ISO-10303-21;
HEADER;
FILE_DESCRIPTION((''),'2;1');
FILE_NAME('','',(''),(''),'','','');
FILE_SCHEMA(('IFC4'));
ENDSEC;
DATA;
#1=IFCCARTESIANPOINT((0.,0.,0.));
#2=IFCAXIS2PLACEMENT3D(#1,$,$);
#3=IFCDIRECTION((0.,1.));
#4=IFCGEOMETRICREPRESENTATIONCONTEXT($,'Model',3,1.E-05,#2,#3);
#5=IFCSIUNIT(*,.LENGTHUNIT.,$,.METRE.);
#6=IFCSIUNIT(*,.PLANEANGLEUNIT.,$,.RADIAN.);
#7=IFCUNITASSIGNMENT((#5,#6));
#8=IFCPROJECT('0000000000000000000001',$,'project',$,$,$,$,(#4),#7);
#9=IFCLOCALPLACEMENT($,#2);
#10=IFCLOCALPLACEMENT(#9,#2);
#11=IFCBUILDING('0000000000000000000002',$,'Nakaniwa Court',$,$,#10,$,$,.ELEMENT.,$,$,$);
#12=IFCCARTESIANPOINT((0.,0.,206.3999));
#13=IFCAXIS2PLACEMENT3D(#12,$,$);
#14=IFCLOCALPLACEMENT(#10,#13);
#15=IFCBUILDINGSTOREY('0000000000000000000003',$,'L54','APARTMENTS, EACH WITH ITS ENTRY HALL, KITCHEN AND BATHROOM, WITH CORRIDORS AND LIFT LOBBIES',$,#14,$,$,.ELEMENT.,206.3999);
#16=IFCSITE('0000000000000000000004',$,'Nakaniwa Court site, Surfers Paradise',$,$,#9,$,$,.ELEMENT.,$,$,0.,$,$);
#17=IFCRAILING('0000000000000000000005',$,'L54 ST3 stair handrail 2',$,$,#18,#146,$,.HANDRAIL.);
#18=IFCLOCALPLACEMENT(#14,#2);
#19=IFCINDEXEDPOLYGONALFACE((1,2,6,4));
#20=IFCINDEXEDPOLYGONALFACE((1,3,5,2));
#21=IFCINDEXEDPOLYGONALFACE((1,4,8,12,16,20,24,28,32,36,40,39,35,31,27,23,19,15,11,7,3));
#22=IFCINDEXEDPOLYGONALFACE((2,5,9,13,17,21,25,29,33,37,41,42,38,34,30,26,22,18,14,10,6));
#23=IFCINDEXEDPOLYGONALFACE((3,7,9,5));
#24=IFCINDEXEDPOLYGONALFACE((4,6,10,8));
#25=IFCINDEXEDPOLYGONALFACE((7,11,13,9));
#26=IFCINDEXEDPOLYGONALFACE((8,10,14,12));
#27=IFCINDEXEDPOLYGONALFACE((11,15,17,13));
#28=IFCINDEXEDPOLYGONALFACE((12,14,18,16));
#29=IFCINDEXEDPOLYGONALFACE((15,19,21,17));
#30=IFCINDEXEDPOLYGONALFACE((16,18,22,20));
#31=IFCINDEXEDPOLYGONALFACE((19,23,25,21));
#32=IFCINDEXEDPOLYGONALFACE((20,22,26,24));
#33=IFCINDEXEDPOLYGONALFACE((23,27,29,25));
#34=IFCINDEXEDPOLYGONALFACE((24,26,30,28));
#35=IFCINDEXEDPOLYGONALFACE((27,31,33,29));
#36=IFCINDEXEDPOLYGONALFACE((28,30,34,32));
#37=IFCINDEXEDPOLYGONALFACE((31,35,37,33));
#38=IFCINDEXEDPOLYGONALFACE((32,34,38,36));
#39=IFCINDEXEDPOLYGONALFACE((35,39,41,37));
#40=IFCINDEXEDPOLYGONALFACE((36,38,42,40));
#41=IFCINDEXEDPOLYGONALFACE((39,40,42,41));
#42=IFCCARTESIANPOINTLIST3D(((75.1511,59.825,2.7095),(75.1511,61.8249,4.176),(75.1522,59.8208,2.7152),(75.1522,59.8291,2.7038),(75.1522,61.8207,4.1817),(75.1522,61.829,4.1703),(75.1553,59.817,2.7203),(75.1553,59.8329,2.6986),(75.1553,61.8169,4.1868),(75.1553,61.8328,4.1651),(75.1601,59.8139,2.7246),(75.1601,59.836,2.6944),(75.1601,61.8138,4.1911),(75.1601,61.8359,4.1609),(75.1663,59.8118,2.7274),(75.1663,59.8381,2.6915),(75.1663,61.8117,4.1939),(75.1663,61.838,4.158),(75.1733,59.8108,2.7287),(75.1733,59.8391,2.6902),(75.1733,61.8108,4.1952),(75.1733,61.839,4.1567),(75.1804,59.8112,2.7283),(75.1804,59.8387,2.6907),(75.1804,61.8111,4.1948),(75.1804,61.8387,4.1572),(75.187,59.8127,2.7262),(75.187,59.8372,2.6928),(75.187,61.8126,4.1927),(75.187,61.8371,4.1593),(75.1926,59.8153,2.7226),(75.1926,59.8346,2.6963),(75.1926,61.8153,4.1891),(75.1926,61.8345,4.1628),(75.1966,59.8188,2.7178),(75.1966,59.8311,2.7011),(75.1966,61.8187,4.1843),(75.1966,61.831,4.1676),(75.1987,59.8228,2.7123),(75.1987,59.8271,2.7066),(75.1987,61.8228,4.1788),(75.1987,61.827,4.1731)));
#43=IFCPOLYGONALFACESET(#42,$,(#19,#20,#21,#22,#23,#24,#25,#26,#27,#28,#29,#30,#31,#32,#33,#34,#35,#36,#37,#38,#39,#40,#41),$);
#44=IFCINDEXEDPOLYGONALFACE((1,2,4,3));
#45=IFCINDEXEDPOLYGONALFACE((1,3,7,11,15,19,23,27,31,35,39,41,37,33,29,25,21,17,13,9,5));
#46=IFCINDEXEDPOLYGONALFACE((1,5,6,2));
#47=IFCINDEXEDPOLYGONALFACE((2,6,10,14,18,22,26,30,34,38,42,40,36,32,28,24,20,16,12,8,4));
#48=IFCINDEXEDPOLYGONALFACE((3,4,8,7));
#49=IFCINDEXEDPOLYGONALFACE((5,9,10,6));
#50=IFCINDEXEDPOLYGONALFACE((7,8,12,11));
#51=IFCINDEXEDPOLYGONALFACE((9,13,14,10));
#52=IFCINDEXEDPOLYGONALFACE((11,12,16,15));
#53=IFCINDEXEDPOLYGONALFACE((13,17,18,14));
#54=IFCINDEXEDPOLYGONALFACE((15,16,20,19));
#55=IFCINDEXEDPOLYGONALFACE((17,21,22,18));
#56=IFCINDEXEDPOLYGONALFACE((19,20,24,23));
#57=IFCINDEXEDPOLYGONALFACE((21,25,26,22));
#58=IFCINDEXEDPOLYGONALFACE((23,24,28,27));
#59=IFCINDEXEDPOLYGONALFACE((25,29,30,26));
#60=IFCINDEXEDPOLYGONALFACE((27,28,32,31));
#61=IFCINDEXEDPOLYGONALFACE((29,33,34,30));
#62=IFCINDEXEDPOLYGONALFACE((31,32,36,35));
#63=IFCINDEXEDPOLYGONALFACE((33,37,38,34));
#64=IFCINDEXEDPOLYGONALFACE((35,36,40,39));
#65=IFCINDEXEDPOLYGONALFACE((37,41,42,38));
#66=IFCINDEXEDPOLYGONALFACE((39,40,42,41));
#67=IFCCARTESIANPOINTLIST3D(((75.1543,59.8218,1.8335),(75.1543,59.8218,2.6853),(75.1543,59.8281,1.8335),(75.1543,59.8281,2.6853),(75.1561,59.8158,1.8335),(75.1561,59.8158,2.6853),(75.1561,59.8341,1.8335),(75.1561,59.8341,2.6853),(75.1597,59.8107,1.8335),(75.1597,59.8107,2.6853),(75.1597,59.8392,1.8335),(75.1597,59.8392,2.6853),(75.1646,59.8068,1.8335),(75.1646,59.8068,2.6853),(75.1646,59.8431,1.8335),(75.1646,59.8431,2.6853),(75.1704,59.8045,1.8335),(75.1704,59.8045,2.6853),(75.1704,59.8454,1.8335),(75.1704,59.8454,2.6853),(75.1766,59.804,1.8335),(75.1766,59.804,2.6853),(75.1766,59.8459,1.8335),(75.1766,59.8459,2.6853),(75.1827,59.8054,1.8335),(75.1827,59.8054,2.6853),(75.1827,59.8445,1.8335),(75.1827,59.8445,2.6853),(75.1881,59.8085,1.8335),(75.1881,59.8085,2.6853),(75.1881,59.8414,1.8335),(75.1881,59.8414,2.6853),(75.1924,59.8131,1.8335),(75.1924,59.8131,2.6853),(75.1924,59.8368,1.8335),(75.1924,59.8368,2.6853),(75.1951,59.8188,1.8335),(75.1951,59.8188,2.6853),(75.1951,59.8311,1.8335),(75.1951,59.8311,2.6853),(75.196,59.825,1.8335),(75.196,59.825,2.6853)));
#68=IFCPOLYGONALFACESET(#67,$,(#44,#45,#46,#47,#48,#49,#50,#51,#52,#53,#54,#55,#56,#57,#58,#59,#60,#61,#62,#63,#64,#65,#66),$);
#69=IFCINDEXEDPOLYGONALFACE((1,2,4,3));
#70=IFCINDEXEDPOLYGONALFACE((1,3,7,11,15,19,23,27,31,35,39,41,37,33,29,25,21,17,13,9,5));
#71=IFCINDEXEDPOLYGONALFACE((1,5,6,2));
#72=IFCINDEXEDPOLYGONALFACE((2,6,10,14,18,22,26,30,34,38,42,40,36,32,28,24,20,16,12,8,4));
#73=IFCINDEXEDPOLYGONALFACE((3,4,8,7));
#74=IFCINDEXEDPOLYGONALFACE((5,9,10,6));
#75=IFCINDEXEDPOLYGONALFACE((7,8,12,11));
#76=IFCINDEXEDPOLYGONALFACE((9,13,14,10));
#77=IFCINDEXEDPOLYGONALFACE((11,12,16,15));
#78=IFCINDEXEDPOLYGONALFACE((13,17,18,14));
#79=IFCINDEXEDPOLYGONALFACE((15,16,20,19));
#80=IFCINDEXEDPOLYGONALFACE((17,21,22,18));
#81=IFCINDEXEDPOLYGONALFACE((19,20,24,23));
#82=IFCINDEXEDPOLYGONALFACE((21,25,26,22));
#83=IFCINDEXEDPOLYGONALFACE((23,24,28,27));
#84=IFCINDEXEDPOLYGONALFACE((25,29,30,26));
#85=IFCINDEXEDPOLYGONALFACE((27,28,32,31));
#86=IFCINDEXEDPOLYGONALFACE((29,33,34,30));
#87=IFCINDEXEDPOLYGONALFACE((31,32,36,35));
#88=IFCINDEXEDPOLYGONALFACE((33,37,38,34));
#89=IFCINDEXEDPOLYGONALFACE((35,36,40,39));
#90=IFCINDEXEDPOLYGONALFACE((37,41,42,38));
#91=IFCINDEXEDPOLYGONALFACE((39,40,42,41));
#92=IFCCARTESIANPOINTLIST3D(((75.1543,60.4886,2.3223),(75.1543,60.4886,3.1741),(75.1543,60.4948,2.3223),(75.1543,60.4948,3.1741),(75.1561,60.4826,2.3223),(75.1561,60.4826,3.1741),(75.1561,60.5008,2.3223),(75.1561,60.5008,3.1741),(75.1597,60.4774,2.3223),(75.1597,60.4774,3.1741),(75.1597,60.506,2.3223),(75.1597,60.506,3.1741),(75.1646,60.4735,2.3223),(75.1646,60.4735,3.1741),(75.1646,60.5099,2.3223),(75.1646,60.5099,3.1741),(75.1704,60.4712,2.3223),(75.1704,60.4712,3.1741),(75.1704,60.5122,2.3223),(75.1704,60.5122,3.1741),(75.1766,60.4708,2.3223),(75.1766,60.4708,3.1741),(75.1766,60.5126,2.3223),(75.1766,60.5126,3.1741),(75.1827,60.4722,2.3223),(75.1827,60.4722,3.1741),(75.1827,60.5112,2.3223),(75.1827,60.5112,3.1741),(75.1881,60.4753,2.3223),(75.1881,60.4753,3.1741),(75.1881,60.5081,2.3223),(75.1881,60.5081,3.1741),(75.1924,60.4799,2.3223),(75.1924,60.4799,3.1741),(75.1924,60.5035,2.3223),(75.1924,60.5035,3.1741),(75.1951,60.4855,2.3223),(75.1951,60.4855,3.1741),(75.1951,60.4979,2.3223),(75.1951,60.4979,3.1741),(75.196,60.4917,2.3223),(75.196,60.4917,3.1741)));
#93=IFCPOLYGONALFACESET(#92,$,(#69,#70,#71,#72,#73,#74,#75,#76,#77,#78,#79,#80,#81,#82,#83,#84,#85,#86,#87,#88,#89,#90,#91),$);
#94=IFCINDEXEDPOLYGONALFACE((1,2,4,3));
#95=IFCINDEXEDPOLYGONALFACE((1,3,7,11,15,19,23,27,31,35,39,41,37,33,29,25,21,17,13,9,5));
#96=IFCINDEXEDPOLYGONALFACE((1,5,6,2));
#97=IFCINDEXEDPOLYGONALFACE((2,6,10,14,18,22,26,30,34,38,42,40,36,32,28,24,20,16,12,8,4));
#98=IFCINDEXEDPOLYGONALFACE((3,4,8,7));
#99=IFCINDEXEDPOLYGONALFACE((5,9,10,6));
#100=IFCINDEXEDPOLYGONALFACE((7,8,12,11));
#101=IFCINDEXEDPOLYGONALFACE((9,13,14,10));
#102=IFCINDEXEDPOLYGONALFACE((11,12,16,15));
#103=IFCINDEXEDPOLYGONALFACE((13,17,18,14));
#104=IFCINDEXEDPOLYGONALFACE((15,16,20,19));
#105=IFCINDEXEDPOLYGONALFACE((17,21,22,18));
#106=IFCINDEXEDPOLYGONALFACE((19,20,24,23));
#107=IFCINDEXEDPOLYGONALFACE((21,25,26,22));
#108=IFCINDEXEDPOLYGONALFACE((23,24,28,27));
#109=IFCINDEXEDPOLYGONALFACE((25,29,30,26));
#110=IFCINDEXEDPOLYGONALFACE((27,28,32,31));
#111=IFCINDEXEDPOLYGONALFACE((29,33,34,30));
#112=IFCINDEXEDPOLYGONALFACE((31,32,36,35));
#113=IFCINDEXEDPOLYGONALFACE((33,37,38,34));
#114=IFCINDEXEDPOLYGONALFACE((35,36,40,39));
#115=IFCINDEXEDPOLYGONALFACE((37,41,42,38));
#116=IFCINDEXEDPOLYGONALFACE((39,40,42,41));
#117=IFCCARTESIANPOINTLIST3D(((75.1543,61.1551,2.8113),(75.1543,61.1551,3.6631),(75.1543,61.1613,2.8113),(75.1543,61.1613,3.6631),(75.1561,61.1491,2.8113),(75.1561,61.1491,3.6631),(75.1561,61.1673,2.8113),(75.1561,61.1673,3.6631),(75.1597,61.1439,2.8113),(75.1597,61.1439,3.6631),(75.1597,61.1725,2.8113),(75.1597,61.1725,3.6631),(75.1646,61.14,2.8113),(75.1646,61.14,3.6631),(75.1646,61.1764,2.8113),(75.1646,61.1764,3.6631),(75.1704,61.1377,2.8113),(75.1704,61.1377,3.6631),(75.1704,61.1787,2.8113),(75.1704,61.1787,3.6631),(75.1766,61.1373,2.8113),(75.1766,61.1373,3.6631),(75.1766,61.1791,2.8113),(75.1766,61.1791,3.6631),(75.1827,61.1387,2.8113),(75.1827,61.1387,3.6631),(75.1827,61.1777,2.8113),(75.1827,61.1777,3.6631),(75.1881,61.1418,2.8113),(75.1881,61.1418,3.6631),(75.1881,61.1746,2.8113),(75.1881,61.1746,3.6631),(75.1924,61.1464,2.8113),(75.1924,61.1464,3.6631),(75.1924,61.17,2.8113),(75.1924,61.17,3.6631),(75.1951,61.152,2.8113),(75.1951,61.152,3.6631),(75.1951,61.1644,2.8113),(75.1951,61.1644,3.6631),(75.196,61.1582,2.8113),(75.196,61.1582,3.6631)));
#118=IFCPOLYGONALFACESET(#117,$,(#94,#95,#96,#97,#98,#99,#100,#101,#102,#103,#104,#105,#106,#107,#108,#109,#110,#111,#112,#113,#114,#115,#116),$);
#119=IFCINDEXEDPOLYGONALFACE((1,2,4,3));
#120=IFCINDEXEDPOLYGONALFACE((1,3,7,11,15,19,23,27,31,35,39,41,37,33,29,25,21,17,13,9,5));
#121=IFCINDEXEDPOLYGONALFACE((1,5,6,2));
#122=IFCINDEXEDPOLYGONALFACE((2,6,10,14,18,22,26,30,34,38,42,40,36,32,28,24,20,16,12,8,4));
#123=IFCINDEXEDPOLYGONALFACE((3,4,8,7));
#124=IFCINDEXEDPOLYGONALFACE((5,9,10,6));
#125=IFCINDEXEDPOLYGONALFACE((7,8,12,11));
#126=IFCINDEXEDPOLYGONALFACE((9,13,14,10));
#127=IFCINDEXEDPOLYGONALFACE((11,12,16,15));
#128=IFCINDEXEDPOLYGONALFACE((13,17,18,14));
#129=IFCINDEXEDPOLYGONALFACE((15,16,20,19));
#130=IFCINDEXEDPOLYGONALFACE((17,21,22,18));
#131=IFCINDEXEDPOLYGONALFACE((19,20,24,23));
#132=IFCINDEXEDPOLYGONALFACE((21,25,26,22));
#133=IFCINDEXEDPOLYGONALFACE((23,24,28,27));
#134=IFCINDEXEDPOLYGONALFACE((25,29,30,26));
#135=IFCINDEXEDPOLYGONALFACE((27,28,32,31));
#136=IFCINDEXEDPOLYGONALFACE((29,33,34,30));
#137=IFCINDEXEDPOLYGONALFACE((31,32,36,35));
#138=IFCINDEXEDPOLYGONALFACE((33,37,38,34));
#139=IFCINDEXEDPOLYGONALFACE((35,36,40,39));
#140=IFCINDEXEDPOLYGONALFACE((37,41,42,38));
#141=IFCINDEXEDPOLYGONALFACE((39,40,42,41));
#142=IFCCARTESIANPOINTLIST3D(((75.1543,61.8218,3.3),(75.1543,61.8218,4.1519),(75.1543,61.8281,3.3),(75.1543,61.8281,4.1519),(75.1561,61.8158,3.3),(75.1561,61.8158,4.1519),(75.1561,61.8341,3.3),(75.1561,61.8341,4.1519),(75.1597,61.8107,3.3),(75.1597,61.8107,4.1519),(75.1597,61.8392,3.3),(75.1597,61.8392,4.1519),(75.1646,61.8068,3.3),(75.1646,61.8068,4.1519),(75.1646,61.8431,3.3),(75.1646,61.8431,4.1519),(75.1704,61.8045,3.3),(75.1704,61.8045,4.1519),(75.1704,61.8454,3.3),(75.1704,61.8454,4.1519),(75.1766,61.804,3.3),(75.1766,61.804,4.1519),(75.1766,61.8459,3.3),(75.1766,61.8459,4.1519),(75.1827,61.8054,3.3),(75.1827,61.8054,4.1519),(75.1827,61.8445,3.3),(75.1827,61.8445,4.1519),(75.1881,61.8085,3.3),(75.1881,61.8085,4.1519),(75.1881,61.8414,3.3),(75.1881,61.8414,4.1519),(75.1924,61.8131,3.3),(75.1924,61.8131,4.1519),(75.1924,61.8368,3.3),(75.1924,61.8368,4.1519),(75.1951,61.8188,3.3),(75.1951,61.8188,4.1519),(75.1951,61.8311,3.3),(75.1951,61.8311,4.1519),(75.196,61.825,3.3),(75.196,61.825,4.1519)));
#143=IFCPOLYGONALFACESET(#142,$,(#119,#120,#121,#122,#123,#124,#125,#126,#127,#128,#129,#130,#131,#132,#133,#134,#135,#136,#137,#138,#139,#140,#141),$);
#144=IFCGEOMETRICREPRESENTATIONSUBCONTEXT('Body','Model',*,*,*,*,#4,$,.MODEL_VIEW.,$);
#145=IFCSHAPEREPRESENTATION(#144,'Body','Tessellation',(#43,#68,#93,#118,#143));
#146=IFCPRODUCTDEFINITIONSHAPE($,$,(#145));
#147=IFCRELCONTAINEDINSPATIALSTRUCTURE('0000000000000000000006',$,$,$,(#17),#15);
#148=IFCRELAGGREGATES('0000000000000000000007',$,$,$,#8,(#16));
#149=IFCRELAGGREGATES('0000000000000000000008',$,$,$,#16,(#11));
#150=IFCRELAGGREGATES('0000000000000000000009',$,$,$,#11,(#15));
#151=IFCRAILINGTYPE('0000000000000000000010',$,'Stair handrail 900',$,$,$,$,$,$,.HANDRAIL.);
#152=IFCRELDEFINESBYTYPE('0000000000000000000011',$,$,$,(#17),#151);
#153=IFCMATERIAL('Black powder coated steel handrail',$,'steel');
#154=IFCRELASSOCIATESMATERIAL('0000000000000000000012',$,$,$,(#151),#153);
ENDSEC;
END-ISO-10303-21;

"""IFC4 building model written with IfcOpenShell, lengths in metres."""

from ifc_helpers import new_model, si_unit, direction, frame, origin, origin_2d, place, context, subcontext, project, spatial, circle, extrude, material, type_object, element, save


model = new_model("IFC4")

# Units and contexts
model_context = context("Model", 3, precision=1e-05, world=origin(), true_north=direction((0.0, 1.0)))
body_context = subcontext(model_context, "Body", "Model", "MODEL_VIEW")
ifc_project = project(units=[si_unit("LENGTHUNIT", "METRE"), si_unit("PLANEANGLEUNIT", "RADIAN")], contexts=[model_context])

# Site, building, storey
site_placement = place(None, origin())
site = spatial("IfcSite", under=ifc_project, at=site_placement, Name="Nakaniwa Court site, Surfers Paradise", CompositionType="ELEMENT", RefElevation=0.0)
building_placement = place(site_placement, origin())
building = spatial("IfcBuilding", under=site, at=building_placement, Name="Nakaniwa Court", CompositionType="ELEMENT")
storey_placement = place(building_placement, frame((0.0, 0.0, 206.3999)))
storey = spatial("IfcBuildingStorey", under=building, at=storey_placement, Name="L54", Description="APARTMENTS, EACH WITH ITS ENTRY HALL, KITCHEN AND BATHROOM, WITH CORRIDORS AND LIFT LOBBIES", CompositionType="ELEMENT", Elevation=206.3999)

# Railing
ifc_material_1 = material(Name="Black powder coated steel handrail", Category="steel")
railing_type_1 = type_object("IfcRailingType", Name="Stair handrail 900", PredefinedType="HANDRAIL", material=ifc_material_1)
railing_1_placement = place(storey_placement, frame((75.175, 59.825, 1.8335)))
element("IfcRailing", 1, at=railing_1_placement, inside=storey, type_object=railing_type_1, Name="L54 ST3 stair handrail 2", PredefinedType="HANDRAIL", context=body_context, shape_type="SweptSolid", body=[
    extrude(circle(Radius=0.0239, at=origin_2d()), frame((0.0, 0.0, 0.876), z_axis=(0.0, 0.806427, 0.591334), x_axis=(-1.0, 0.0, 0.0)), (0.0, 0.0, 1.0), 2.48),
    extrude(circle(Radius=0.021, at=origin_2d()), origin(), (0.0, 0.0, 1.0), 0.8518),
    extrude(circle(Radius=0.021, at=origin_2d()), frame((0.0, 0.6667, 0.4888)), (0.0, 0.0, 1.0), 0.8518),
    extrude(circle(Radius=0.021, at=origin_2d()), frame((0.0, 1.3333, 0.9778)), (0.0, 0.0, 1.0), 0.8518),
    extrude(circle(Radius=0.021, at=origin_2d()), frame((0.0, 2.0, 1.4666)), (0.0, 0.0, 1.0), 0.8518),
])

save(model, "model.ifc")
